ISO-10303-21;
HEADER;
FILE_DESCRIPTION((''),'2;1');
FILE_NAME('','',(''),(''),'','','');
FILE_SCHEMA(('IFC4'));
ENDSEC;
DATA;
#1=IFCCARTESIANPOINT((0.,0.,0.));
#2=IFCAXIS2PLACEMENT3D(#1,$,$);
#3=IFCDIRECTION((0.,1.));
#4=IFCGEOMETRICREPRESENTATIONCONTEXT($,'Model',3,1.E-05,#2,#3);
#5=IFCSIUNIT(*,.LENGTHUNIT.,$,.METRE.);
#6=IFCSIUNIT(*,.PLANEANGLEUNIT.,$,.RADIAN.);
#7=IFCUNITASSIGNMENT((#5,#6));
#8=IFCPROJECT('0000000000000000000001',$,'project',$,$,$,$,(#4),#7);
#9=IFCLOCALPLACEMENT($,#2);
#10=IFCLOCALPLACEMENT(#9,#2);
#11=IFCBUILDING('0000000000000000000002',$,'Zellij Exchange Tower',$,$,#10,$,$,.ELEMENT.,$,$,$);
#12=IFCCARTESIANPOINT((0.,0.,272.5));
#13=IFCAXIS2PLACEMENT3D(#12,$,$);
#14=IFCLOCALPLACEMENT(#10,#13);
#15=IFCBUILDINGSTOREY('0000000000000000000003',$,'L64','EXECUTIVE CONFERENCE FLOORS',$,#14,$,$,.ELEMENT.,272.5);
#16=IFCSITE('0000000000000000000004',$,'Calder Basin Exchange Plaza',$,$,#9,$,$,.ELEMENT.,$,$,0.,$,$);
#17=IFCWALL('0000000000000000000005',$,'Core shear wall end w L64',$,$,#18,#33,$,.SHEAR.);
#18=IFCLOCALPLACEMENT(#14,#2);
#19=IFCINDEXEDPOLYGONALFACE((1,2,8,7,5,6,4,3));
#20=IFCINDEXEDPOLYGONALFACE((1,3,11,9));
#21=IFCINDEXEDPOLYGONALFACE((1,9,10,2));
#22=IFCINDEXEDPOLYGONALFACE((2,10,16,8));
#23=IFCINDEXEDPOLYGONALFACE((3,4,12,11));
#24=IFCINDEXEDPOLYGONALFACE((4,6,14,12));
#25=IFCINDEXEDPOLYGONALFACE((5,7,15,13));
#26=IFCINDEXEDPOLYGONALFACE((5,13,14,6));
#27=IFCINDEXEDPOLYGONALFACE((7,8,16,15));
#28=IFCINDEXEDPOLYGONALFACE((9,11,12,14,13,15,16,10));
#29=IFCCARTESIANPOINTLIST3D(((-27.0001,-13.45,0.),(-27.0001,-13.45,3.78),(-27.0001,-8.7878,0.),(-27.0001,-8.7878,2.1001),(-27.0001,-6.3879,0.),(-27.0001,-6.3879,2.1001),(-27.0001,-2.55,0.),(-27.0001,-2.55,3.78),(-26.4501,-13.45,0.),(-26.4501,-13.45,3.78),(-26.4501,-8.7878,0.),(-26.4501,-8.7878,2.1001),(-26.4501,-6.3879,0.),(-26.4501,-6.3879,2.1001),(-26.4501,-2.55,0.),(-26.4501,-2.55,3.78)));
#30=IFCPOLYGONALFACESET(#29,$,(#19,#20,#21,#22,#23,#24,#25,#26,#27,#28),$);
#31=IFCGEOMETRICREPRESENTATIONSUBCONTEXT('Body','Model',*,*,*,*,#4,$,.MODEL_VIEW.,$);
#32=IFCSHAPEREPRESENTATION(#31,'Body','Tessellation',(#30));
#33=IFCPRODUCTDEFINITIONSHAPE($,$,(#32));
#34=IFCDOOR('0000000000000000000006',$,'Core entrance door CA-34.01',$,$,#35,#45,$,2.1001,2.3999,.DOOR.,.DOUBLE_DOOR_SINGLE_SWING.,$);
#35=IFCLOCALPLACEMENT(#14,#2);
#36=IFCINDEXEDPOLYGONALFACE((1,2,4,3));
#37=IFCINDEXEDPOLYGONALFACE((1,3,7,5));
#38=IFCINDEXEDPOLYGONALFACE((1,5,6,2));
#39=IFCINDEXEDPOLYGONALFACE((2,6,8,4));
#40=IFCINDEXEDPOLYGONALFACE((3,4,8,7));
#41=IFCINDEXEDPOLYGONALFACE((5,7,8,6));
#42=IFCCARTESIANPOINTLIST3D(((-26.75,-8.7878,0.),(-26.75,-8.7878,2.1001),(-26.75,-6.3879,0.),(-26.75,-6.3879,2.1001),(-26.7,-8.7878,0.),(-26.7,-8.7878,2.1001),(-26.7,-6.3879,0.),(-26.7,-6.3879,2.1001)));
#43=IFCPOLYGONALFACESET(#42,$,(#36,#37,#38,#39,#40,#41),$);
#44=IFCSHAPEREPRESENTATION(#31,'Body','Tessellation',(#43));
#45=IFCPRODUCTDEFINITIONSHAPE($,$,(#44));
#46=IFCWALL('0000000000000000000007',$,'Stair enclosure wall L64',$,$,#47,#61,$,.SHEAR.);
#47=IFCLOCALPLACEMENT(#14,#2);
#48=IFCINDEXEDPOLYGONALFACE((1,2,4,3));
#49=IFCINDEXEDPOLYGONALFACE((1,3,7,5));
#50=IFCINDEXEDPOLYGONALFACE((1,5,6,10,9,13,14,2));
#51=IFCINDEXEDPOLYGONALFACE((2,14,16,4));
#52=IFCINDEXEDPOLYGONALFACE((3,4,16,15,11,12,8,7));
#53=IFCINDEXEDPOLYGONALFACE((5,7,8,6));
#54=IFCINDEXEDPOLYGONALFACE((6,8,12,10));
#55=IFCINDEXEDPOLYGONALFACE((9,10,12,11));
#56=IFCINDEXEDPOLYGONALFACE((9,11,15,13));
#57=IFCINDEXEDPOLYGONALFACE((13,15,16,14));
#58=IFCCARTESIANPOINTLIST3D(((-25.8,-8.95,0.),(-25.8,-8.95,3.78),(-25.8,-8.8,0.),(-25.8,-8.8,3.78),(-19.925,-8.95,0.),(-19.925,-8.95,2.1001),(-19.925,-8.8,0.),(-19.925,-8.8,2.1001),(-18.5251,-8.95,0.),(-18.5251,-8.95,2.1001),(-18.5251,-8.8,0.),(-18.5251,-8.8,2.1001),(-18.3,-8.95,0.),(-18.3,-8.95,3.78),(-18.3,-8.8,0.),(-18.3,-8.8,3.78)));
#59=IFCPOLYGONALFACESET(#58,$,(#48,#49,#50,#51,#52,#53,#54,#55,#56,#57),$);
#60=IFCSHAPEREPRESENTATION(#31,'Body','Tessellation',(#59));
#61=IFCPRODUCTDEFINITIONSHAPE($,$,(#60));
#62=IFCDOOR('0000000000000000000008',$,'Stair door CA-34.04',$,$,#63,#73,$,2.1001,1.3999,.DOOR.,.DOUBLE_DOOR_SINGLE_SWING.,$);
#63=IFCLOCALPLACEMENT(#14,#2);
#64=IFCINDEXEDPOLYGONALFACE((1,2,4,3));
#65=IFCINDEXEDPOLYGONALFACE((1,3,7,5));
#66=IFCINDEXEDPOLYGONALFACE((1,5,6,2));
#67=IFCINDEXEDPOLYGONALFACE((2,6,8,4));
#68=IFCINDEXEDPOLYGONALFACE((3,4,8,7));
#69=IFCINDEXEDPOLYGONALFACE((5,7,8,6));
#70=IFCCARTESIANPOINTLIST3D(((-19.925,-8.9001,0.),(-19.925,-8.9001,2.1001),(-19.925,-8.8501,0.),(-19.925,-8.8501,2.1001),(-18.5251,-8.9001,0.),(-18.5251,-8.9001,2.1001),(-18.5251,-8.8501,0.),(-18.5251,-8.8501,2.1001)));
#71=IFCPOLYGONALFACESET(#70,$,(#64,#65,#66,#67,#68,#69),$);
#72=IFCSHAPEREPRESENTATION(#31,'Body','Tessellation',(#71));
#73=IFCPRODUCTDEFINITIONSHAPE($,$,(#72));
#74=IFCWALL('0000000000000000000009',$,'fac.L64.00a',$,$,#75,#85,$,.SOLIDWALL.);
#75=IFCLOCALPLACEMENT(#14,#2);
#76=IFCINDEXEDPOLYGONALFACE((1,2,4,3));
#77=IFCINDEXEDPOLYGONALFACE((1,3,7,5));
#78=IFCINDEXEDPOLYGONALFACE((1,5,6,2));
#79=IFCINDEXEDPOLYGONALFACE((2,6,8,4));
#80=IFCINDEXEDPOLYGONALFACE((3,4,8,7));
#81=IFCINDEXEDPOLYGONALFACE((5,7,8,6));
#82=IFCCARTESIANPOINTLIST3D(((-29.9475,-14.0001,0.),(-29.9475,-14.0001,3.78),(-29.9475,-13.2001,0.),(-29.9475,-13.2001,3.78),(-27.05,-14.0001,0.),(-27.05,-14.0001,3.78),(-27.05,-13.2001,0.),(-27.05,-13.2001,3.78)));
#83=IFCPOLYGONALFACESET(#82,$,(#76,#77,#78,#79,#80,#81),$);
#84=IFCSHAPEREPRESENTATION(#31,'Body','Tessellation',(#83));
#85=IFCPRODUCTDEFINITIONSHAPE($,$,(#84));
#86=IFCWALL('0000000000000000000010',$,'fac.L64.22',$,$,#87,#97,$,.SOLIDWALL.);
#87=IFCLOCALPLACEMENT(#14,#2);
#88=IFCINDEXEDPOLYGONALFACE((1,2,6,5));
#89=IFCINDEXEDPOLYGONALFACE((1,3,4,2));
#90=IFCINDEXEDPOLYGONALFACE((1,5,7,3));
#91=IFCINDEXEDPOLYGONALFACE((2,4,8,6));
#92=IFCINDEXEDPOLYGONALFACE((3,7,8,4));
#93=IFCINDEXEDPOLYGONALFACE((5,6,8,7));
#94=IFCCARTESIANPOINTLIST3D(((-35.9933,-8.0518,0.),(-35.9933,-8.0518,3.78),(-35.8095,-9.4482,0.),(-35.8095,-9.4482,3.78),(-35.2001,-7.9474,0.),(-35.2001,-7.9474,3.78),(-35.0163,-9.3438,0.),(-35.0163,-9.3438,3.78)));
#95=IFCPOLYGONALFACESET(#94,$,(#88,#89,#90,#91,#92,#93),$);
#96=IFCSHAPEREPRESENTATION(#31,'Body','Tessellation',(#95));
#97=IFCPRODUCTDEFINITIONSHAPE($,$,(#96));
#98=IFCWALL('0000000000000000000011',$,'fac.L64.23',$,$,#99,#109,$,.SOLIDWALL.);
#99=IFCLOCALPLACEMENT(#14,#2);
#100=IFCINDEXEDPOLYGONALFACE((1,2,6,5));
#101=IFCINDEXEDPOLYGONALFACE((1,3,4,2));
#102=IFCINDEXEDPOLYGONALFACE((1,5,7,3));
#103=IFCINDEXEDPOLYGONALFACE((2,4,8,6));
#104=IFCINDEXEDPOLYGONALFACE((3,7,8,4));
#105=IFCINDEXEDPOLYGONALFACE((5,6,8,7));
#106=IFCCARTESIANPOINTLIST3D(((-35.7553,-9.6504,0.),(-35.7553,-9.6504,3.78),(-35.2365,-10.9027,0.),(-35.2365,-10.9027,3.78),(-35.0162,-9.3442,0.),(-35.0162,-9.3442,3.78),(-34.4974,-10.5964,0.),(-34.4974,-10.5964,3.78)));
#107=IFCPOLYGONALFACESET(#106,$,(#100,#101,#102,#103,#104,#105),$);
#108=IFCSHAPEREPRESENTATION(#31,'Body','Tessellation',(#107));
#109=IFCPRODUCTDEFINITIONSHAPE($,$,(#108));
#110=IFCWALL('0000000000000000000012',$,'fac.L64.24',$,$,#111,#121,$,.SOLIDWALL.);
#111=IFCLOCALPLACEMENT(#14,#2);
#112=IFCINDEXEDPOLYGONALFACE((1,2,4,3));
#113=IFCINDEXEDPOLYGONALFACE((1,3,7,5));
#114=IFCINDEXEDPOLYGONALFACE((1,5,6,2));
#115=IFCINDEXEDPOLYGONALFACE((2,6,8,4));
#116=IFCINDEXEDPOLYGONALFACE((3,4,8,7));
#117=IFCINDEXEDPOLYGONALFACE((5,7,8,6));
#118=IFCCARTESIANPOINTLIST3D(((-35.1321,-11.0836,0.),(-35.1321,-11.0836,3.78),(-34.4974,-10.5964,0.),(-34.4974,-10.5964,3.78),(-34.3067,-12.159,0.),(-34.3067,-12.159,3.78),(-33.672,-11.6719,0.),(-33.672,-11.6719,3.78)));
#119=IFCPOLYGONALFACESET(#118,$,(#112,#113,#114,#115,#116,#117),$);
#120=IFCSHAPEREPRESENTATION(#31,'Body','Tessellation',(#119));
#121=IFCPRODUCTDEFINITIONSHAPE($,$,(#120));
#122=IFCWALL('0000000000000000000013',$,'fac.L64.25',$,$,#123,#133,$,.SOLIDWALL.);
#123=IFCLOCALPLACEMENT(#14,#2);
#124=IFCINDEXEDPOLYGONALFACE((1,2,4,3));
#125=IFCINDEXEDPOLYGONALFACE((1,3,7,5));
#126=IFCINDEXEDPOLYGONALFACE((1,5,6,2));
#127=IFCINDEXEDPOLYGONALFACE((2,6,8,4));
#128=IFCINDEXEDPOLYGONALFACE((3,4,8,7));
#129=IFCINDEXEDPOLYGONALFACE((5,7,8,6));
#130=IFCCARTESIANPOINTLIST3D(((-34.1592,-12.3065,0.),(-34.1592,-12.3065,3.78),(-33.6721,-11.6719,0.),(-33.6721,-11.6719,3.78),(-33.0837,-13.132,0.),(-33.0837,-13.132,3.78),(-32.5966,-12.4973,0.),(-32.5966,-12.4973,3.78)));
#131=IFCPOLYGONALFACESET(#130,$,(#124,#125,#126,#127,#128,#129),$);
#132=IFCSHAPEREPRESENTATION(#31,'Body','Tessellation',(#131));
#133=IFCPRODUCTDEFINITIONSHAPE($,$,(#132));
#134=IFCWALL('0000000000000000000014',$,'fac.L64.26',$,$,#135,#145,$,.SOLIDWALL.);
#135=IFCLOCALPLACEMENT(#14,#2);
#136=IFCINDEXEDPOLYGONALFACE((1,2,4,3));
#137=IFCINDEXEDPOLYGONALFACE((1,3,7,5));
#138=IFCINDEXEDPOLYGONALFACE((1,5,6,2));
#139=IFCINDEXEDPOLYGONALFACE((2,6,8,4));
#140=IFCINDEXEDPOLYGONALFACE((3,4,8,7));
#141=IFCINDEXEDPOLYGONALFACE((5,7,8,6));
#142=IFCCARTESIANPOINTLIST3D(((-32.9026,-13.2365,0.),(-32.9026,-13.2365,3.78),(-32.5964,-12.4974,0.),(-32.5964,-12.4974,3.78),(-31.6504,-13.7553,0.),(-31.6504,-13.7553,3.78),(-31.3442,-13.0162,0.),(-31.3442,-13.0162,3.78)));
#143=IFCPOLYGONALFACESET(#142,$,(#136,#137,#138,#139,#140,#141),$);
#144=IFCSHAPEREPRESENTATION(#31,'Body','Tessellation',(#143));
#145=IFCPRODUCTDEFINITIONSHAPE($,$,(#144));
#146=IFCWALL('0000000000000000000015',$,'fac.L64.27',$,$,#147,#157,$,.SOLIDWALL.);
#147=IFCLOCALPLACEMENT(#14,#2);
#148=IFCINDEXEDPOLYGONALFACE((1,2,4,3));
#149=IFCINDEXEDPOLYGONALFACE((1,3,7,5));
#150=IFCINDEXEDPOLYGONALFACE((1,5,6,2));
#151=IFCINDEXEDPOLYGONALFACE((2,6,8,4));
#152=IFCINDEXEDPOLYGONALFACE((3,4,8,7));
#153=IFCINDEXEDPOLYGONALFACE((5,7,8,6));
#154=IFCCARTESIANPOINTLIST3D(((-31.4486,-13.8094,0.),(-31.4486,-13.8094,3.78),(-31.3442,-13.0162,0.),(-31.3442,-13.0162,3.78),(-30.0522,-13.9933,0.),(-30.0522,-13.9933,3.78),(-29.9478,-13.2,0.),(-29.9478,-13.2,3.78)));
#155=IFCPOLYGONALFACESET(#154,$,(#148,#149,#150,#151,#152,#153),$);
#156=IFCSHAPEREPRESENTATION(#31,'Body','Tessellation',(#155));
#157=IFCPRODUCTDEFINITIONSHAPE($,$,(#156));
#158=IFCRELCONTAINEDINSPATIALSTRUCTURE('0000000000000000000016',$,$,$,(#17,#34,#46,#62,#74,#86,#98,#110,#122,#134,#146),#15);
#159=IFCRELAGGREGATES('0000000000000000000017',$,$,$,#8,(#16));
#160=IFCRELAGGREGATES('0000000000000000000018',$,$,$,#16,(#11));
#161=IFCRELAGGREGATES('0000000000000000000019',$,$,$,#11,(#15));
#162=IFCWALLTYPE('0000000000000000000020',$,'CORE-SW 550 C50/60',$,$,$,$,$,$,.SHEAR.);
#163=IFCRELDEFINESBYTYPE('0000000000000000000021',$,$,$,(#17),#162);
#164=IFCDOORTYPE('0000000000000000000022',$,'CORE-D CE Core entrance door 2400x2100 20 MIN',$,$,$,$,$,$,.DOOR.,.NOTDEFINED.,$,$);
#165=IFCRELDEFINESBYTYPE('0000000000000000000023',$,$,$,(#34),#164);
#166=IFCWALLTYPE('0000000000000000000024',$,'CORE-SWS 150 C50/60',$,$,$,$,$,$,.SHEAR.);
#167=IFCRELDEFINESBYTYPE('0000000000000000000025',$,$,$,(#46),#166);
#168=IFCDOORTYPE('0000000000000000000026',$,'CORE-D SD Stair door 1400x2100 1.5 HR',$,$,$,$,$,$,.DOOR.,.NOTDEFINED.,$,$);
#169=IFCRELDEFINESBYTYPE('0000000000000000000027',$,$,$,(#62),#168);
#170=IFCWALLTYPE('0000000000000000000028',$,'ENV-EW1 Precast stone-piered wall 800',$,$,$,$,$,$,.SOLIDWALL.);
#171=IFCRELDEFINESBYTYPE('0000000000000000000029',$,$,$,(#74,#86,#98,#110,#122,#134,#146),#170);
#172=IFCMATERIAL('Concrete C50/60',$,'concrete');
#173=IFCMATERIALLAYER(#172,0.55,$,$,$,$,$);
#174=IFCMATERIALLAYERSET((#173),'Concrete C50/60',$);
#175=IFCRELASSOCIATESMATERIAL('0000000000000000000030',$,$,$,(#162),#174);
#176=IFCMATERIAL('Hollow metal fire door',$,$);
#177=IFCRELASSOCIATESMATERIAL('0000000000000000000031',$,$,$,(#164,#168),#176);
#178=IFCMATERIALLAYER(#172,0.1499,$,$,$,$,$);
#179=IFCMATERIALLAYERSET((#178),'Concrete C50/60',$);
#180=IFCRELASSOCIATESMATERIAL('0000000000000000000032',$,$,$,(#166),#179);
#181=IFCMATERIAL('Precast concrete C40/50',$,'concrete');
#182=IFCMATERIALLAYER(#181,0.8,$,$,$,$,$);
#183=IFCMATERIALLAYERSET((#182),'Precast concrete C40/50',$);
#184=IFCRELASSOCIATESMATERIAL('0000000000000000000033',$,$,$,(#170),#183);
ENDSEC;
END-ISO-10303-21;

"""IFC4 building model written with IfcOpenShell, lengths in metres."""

from ifc_helpers import new_model, si_unit, direction, frame, frame_2d, origin, place, context, subcontext, project, spatial, rectangle, extrude, material, layer, layer_set, type_object, element, fill, save


model = new_model("IFC4")

# Units and contexts
model_context = context("Model", 3, precision=1e-05, world=origin(), true_north=direction((0.0, 1.0)))
body_context = subcontext(model_context, "Body", "Model", "MODEL_VIEW")
ifc_project = project(units=[si_unit("LENGTHUNIT", "METRE"), si_unit("PLANEANGLEUNIT", "RADIAN")], contexts=[model_context])

# Site, building, storey
site_placement = place(None, origin())
site = spatial("IfcSite", under=ifc_project, at=site_placement, Name="Calder Basin Exchange Plaza", CompositionType="ELEMENT", RefElevation=0.0)
building_placement = place(site_placement, origin())
building = spatial("IfcBuilding", under=site, at=building_placement, Name="Zellij Exchange Tower", CompositionType="ELEMENT")
storey_placement = place(building_placement, frame((0.0, 0.0, 272.5)))
storey = spatial("IfcBuildingStorey", under=building, at=storey_placement, Name="L64", Description="EXECUTIVE CONFERENCE FLOORS", CompositionType="ELEMENT", Elevation=272.5)

# Shared definitions
ifc_material_1 = material(Name="Concrete C50/60", Category="concrete")

# Shared definitions
ifc_layer_1 = layer(ifc_material_1, 0.55)
ifc_layer_set_1 = layer_set([ifc_layer_1], Name="Concrete C50/60")
wall_type_1 = type_object("IfcWallType", Name="CORE-SW 550 C50/60", PredefinedType="SHEAR", material=ifc_layer_set_1)

# Walls, openings, doors
wall_1_placement = place(storey_placement, frame((-26.7251, -13.45, 0.0), z_axis=(0.0, 0.0, 1.0), x_axis=(0.0, 1.0, 0.0)))
wall_1 = element("IfcWall", 1, at=wall_1_placement, inside=storey, type_object=wall_type_1, Name="Core shear wall end w L64", PredefinedType="SHEAR", context=body_context, shape_type="SweptSolid", body=[
    extrude(rectangle(XDim=10.8999, YDim=0.55, at=frame_2d((5.45, 0.0))), origin(), (0.0, 0.0, 1.0), 3.78),
])
opening_1_placement = place(wall_1_placement, frame((4.6621, 0.0, 0.0)))
opening_1 = element("IfcOpeningElement", 2, at=opening_1_placement, cuts=wall_1, PredefinedType="OPENING", context=body_context, shape_type="SweptSolid", body=[
    extrude(rectangle(XDim=2.3999, YDim=2.1001, at=frame_2d((1.2, 1.05))), frame((0.0, 0.2871, 0.0), z_axis=(0.0, -1.0, 0.0), x_axis=(1.0, 0.0, 0.0)), (0.0, 0.0, 1.0), 0.574),
])
ifc_material_2 = material(Name="Hollow metal fire door")
door_type_1 = type_object("IfcDoorType", Name="CORE-D CE Core entrance door 2400x2100 20 MIN", OperationType="NOTDEFINED", PredefinedType="DOOR", material=ifc_material_2)
door_1_placement = place(opening_1_placement, origin())
door_1 = element("IfcDoor", 3, at=door_1_placement, inside=storey, type_object=door_type_1, Name="Core entrance door CA-34.01", OperationType="DOUBLE_DOOR_SINGLE_SWING", OverallHeight=2.1001, OverallWidth=2.3999, PredefinedType="DOOR", context=body_context, shape_type="SweptSolid", body=[
    extrude(rectangle(XDim=2.3999, YDim=2.1001, at=frame_2d((1.2, 1.05))), frame((0.0, 0.0249, 0.0), z_axis=(0.0, -1.0, 0.0), x_axis=(1.0, 0.0, 0.0)), (0.0, 0.0, 1.0), 0.05),
])
fill(opening_1, door_1)
ifc_layer_2 = layer(ifc_material_1, 0.1499)
ifc_layer_set_2 = layer_set([ifc_layer_2], Name="Concrete C50/60")
wall_type_2 = type_object("IfcWallType", Name="CORE-SWS 150 C50/60", PredefinedType="SHEAR", material=ifc_layer_set_2)
wall_2_placement = place(storey_placement, frame((-25.8, -8.875, 0.0), z_axis=(0.0, 0.0, 1.0), x_axis=(1.0, 0.0, 0.0)))
wall_2 = element("IfcWall", 4, at=wall_2_placement, inside=storey, type_object=wall_type_2, Name="Stair enclosure wall L64", PredefinedType="SHEAR", context=body_context, shape_type="SweptSolid", body=[
    extrude(rectangle(XDim=7.5, YDim=0.1499, at=frame_2d((3.75, 0.0))), origin(), (0.0, 0.0, 1.0), 3.78),
])
opening_2_placement = place(wall_2_placement, frame((5.875, 0.0, 0.0)))
opening_2 = element("IfcOpeningElement", 5, at=opening_2_placement, cuts=wall_2, PredefinedType="OPENING", context=body_context, shape_type="SweptSolid", body=[
    extrude(rectangle(XDim=1.3999, YDim=2.1001, at=frame_2d((0.7, 1.05))), frame((0.0, 0.0869, 0.0), z_axis=(0.0, -1.0, 0.0), x_axis=(1.0, 0.0, 0.0)), (0.0, 0.0, 1.0), 0.1738),
])
door_type_2 = type_object("IfcDoorType", Name="CORE-D SD Stair door 1400x2100 1.5 HR", OperationType="NOTDEFINED", PredefinedType="DOOR", material=ifc_material_2)
door_2_placement = place(opening_2_placement, origin())
door_2 = element("IfcDoor", 6, at=door_2_placement, inside=storey, type_object=door_type_2, Name="Stair door CA-34.04", OperationType="DOUBLE_DOOR_SINGLE_SWING", OverallHeight=2.1001, OverallWidth=1.3999, PredefinedType="DOOR", context=body_context, shape_type="SweptSolid", body=[
    extrude(rectangle(XDim=1.3999, YDim=2.1001, at=frame_2d((0.7, 1.05))), frame((0.0, 0.0249, 0.0), z_axis=(0.0, -1.0, 0.0), x_axis=(1.0, 0.0, 0.0)), (0.0, 0.0, 1.0), 0.05),
])
fill(opening_2, door_2)

# Walls
ifc_material_3 = material(Name="Precast concrete C40/50", Category="concrete")
ifc_layer_3 = layer(ifc_material_3, 0.8)
ifc_layer_set_3 = layer_set([ifc_layer_3], Name="Precast concrete C40/50")
wall_type_3 = type_object("IfcWallType", Name="ENV-EW1 Precast stone-piered wall 800", PredefinedType="SOLIDWALL", material=ifc_layer_set_3)
wall_3_placement = place(storey_placement, frame((-29.9475, -13.6001, 0.0), z_axis=(0.0, 0.0, 1.0), x_axis=(1.0, 0.0, 0.0)))
element("IfcWall", 7, at=wall_3_placement, inside=storey, type_object=wall_type_3, Name="fac.L64.00a", PredefinedType="SOLIDWALL", context=body_context, shape_type="SweptSolid", body=[
    extrude(rectangle(XDim=2.8975, YDim=0.8, at=frame_2d((1.4487, 0.0))), origin(), (0.0, 0.0, 1.0), 3.78),
])
wall_4_placement = place(storey_placement, frame((-35.5967, -7.9998, 0.0), z_axis=(0.0, 0.0, 1.0), x_axis=(0.130517, -0.991446, 0.0)))
element("IfcWall", 8, at=wall_4_placement, inside=storey, type_object=wall_type_3, Name="fac.L64.22", PredefinedType="SOLIDWALL", context=body_context, shape_type="SweptSolid", body=[
    extrude(rectangle(XDim=1.4084, YDim=0.8, at=frame_2d((0.7041, 0.0))), origin(), (0.0, 0.0, 1.0), 3.78),
])
wall_5_placement = place(storey_placement, frame((-35.3857, -9.4973, 0.0), z_axis=(0.0, 0.0, 1.0), x_axis=(0.38276, -0.923848, 0.0)))
element("IfcWall", 9, at=wall_5_placement, inside=storey, type_object=wall_type_3, Name="fac.L64.23", PredefinedType="SOLIDWALL", context=body_context, shape_type="SweptSolid", body=[
    extrude(rectangle(XDim=1.3555, YDim=0.8, at=frame_2d((0.6777, 0.0))), origin(), (0.0, 0.0, 1.0), 3.78),
])
for number, where, z_axis, x_axis, name in (
    (10, (-34.8147, -10.8401, 0.0), (0.0, 0.0, 1.0), (0.608866, -0.793273, 0.0), "fac.L64.24"),
    (11, (-33.9155, -11.9893, 0.0), (0.0, 0.0, 1.0), (0.793273, -0.608866, 0.0), "fac.L64.25"),
):
    element("IfcWall", number, at=place(storey_placement, frame(where, z_axis=z_axis, x_axis=x_axis)), inside=storey, type_object=wall_type_3, Name=name, PredefinedType="SOLIDWALL", context=body_context, shape_type="SweptSolid", body=[
        extrude(rectangle(XDim=1.3557, YDim=0.8, at=frame_2d((0.6777, 0.0))), origin(), (0.0, 0.0, 1.0), 3.78),
    ])
wall_6_placement = place(storey_placement, frame((-32.7495, -12.8669, 0.0), z_axis=(0.0, 0.0, 1.0), x_axis=(0.923848, -0.38276, 0.0)))
element("IfcWall", 12, at=wall_6_placement, inside=storey, type_object=wall_type_3, Name="fac.L64.26", PredefinedType="SOLIDWALL", context=body_context, shape_type="SweptSolid", body=[
    extrude(rectangle(XDim=1.3555, YDim=0.8, at=frame_2d((0.6777, 0.0))), origin(), (0.0, 0.0, 1.0), 3.78),
])
wall_7_placement = place(storey_placement, frame((-31.3962, -13.4128, 0.0), z_axis=(0.0, 0.0, 1.0), x_axis=(0.991446, -0.130517, 0.0)))
element("IfcWall", 13, at=wall_7_placement, inside=storey, type_object=wall_type_3, Name="fac.L64.27", PredefinedType="SOLIDWALL", context=body_context, shape_type="SweptSolid", body=[
    extrude(rectangle(XDim=1.4084, YDim=0.8, at=frame_2d((0.7041, 0.0))), origin(), (0.0, 0.0, 1.0), 3.78),
])

save(model, "model.ifc")
